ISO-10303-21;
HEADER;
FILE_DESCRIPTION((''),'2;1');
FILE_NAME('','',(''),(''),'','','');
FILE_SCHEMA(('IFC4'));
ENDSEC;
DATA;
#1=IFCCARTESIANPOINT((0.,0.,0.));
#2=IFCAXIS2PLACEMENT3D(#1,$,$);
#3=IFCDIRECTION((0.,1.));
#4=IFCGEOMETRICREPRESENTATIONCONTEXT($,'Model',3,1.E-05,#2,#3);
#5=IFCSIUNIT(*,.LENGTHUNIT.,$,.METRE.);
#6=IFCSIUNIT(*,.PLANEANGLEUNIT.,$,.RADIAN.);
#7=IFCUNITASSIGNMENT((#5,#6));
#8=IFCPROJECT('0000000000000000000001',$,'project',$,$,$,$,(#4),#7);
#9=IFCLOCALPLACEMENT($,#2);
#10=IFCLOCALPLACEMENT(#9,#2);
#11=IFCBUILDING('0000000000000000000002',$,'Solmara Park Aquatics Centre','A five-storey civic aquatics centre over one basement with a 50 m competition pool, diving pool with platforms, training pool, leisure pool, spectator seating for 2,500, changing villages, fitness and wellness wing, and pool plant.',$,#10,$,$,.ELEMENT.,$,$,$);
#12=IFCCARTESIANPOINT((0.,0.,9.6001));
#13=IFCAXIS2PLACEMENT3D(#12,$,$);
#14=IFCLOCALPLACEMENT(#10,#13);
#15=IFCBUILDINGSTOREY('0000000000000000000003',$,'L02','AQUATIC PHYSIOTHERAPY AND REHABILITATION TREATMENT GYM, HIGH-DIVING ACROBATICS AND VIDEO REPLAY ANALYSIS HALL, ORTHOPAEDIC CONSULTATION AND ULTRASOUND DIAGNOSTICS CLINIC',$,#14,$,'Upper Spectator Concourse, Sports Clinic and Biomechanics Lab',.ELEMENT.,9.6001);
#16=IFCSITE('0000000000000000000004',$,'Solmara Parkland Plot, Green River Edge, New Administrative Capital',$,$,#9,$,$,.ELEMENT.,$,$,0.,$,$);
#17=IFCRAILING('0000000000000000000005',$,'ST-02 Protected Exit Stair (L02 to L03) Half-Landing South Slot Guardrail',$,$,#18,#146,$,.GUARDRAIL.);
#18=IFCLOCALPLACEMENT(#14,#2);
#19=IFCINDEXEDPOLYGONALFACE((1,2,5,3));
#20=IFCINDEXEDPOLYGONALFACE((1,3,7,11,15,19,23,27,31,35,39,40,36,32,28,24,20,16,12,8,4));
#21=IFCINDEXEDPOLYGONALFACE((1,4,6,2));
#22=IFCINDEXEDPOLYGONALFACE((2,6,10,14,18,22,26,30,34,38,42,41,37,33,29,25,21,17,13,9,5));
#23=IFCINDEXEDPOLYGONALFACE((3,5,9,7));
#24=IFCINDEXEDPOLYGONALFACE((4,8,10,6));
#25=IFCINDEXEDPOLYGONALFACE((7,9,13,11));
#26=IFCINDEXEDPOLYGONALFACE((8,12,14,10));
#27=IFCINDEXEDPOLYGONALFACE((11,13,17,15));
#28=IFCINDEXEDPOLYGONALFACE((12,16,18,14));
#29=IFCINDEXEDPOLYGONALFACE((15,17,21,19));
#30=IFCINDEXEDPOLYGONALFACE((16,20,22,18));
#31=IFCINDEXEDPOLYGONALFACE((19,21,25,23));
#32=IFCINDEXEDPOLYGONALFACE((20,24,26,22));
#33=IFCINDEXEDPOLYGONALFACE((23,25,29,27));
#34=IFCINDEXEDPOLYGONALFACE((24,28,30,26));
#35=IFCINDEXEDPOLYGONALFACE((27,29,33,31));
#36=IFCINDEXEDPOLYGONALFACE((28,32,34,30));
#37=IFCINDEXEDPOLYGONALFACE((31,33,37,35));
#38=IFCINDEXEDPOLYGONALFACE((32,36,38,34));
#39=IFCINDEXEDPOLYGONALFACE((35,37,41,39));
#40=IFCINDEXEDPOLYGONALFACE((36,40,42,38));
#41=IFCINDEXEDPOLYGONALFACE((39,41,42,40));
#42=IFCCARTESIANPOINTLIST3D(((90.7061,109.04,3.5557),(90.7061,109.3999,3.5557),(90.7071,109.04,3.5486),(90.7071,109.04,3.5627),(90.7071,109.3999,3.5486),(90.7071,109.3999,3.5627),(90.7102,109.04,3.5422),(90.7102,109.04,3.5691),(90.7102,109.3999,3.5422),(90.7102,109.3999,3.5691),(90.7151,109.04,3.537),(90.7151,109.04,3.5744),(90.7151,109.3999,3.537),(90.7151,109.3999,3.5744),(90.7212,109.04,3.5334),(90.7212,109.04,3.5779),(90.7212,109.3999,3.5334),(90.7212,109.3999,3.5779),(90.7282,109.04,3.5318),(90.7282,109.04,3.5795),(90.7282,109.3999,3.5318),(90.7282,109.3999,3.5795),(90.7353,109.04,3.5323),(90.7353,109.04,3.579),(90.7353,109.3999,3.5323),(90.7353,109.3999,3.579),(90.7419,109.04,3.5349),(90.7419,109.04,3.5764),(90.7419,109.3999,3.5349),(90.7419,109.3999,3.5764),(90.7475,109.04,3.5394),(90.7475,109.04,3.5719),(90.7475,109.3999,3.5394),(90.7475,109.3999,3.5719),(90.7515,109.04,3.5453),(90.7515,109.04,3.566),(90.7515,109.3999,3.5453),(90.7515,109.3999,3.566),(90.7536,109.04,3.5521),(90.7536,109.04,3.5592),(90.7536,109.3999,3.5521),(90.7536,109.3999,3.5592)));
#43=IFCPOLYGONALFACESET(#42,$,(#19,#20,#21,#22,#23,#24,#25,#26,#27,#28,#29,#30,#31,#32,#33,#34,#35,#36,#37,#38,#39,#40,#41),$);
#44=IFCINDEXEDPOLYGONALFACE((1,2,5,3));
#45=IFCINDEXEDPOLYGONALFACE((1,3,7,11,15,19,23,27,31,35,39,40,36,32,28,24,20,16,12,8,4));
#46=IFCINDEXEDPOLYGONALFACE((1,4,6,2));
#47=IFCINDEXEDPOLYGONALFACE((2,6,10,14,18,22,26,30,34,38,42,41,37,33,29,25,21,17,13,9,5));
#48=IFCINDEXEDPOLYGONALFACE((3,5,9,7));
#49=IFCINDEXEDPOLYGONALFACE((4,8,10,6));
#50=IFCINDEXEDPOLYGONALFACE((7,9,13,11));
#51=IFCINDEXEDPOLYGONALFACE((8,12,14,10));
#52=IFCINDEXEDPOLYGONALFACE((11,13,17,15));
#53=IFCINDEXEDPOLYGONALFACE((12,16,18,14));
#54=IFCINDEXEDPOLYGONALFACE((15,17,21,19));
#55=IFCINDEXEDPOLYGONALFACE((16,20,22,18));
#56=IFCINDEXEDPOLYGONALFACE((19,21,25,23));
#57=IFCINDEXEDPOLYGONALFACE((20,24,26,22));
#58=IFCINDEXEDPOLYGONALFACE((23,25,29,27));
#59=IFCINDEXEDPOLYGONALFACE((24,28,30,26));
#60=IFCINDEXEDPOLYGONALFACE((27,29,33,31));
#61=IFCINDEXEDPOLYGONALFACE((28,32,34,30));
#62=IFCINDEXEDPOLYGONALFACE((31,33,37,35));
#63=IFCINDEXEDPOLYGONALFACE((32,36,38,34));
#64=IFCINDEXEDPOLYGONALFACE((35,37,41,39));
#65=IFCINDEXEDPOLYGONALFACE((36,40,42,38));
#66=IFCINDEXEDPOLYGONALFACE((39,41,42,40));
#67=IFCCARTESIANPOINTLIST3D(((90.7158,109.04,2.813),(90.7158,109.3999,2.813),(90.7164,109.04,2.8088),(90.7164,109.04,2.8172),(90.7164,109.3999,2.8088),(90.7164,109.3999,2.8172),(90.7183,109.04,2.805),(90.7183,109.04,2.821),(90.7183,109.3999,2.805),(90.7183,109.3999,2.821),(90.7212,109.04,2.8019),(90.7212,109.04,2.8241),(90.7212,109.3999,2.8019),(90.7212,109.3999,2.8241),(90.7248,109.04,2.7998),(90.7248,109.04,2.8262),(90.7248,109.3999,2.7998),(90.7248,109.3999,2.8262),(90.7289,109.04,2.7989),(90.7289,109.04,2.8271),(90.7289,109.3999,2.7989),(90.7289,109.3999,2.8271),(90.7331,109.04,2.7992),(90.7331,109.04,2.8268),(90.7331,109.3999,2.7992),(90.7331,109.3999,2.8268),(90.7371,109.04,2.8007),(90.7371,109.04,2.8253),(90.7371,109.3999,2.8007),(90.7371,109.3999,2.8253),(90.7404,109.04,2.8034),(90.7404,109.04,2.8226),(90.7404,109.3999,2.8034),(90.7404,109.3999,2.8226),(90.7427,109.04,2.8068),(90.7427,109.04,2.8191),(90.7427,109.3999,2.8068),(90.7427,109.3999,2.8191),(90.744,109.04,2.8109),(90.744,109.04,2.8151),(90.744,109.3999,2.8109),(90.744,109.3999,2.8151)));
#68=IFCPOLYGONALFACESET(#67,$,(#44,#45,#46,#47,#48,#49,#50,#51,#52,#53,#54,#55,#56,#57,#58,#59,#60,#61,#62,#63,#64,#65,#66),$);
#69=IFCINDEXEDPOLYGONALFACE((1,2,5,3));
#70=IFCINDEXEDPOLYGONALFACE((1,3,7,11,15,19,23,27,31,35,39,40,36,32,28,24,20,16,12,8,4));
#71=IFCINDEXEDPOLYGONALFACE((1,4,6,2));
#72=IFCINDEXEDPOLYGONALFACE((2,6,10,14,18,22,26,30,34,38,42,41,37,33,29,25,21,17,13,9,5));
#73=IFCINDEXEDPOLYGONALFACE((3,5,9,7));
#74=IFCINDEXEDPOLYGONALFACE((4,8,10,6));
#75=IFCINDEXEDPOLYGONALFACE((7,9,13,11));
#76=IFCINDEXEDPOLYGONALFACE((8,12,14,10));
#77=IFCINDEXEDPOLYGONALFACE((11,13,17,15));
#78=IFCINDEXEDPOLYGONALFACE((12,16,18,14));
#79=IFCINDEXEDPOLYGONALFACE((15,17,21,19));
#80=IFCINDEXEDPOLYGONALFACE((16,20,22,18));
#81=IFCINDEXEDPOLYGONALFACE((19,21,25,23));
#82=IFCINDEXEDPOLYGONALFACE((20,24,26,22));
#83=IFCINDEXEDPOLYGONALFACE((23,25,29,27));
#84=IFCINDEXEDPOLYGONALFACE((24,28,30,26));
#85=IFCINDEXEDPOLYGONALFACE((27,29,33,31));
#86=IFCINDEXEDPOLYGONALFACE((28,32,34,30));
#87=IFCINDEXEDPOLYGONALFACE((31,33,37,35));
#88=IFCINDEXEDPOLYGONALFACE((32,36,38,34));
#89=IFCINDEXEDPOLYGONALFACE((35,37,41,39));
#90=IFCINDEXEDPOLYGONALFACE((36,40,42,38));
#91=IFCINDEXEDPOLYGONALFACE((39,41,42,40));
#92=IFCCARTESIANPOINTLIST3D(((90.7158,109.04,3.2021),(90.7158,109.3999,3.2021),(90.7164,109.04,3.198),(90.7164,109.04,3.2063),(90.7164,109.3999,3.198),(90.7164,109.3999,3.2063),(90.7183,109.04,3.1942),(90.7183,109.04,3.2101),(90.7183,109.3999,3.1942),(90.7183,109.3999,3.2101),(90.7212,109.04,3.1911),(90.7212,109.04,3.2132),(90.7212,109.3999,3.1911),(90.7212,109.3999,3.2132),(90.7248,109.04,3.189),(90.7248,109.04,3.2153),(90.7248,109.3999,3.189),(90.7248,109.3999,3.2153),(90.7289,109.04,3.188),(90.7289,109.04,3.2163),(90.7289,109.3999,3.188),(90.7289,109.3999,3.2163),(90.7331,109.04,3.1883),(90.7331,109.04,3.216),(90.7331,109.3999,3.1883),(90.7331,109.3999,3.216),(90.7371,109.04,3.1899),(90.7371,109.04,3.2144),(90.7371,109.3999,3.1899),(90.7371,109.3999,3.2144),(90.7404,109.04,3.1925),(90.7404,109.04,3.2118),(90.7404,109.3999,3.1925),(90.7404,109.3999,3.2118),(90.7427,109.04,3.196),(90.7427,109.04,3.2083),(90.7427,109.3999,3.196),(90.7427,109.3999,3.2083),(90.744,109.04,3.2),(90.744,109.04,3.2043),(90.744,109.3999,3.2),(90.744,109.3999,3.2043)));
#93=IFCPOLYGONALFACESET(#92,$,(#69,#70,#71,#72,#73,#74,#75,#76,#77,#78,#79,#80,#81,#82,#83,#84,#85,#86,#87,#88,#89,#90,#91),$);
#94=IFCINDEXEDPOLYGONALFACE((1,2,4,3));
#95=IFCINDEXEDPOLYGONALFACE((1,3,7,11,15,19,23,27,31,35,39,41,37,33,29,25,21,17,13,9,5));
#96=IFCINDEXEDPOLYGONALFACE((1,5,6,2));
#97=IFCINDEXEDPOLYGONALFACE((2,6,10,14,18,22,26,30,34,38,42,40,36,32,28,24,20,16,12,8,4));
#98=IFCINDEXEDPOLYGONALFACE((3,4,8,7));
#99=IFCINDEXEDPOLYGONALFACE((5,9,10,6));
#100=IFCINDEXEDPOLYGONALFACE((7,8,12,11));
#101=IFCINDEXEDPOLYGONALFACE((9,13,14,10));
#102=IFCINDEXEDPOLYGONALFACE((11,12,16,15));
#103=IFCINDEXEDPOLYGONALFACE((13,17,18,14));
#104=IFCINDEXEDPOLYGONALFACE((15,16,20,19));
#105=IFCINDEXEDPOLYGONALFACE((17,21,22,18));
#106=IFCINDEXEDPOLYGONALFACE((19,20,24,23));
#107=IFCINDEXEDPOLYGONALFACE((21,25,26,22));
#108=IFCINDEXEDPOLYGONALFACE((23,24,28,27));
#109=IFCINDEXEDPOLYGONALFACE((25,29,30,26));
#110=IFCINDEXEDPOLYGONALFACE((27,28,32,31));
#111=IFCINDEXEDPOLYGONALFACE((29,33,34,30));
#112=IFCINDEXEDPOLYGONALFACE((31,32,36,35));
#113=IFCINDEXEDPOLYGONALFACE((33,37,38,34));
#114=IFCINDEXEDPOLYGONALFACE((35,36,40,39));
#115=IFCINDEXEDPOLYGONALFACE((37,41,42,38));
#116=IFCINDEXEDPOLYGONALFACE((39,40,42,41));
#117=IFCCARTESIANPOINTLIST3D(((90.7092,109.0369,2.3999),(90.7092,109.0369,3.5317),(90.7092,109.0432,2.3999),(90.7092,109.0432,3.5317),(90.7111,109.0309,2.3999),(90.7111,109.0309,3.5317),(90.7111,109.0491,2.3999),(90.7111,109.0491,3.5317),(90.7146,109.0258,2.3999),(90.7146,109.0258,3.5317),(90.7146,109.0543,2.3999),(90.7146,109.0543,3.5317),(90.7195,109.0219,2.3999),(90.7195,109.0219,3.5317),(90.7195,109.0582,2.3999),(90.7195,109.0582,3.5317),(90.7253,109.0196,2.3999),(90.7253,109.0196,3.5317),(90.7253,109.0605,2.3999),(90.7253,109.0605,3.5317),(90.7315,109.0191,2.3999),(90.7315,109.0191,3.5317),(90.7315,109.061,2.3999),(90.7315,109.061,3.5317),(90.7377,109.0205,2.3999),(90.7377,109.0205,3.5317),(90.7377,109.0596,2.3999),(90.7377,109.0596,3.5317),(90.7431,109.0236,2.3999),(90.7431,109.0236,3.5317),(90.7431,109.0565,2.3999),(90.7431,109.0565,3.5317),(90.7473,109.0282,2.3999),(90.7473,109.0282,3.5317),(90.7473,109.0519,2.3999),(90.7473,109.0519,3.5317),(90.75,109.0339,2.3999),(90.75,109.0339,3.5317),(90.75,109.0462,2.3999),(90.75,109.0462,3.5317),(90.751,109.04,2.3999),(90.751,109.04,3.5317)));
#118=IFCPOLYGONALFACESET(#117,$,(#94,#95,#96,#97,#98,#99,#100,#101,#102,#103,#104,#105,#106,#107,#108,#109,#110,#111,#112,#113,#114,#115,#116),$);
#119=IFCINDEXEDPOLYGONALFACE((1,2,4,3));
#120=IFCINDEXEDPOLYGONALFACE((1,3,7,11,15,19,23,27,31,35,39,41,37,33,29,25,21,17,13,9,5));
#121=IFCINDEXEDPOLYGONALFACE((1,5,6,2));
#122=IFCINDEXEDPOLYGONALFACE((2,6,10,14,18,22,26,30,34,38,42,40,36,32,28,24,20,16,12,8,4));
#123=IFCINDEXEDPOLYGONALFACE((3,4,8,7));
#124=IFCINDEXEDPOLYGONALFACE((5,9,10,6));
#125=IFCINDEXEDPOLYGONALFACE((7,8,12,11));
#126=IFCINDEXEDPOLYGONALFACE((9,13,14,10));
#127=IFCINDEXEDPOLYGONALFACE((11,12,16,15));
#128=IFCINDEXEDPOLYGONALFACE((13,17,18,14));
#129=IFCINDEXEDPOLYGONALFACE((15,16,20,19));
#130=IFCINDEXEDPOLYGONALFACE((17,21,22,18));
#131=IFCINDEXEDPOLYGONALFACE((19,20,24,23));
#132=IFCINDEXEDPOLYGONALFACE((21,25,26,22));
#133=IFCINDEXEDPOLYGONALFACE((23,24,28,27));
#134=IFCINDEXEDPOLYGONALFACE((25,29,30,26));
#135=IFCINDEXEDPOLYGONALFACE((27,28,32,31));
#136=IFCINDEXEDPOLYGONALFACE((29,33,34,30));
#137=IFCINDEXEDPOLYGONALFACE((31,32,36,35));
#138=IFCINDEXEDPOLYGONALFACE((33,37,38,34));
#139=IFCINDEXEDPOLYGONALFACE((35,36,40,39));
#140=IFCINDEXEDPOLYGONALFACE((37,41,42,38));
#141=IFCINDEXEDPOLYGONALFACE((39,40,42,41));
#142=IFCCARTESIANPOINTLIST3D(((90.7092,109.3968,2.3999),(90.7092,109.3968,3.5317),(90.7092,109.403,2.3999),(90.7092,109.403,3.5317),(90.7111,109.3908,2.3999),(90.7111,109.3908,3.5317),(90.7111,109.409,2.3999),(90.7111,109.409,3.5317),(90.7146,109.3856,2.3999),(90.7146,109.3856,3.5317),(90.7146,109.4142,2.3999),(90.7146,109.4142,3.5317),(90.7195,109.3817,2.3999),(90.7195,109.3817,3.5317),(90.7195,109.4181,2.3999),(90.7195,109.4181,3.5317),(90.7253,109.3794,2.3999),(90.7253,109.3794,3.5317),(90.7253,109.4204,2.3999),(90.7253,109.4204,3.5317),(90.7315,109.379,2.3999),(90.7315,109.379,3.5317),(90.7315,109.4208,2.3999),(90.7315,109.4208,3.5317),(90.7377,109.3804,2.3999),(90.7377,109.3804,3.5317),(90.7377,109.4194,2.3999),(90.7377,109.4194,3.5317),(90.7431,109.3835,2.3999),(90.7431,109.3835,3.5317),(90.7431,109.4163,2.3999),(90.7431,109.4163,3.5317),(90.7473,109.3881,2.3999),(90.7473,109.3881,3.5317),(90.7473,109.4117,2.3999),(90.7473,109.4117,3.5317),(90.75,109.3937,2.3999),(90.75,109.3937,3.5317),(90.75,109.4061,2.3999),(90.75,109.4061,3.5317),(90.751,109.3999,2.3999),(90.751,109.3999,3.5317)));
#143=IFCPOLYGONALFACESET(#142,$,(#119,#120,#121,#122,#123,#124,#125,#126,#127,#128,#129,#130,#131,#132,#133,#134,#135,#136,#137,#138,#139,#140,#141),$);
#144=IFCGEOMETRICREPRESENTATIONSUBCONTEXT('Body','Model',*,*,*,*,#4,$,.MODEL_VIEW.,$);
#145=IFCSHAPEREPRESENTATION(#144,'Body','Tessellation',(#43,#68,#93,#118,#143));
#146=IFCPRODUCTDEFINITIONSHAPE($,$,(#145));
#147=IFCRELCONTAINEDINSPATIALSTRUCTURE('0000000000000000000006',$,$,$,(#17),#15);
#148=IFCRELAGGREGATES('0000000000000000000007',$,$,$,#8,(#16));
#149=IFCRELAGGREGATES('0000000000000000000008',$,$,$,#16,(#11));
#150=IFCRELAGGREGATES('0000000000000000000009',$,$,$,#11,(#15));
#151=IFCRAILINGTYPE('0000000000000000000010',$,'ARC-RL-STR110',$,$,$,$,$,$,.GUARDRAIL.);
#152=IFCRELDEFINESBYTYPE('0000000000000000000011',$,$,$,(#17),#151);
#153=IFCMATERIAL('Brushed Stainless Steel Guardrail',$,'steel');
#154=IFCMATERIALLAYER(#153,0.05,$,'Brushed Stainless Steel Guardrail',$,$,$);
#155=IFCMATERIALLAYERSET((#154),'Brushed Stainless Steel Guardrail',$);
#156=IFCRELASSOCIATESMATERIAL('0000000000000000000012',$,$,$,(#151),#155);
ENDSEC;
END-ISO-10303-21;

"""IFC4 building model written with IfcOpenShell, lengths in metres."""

from ifc_helpers import new_model, si_unit, direction, frame, origin, origin_2d, place, context, subcontext, project, spatial, circle, extrude, material, layer, layer_set, type_object, element, save


model = new_model("IFC4")

# Units and contexts
model_context = context("Model", 3, precision=1e-05, world=origin(), true_north=direction((0.0, 1.0)))
body_context = subcontext(model_context, "Body", "Model", "MODEL_VIEW")
ifc_project = project(units=[si_unit("LENGTHUNIT", "METRE"), si_unit("PLANEANGLEUNIT", "RADIAN")], contexts=[model_context])

# Site, building, storey
site_placement = place(None, origin())
site = spatial("IfcSite", under=ifc_project, at=site_placement, Name="Solmara Parkland Plot, Green River Edge, New Administrative Capital", CompositionType="ELEMENT", RefElevation=0.0)
building_placement = place(site_placement, origin())
building = spatial("IfcBuilding", under=site, at=building_placement, Name="Solmara Park Aquatics Centre", Description="A five-storey civic aquatics centre over one basement with a 50 m competition pool, diving pool with platforms, training pool, leisure pool, spectator seating for 2,500, changing villages, fitness and wellness wing, and pool plant.", CompositionType="ELEMENT")
storey_placement = place(building_placement, frame((0.0, 0.0, 9.6001)))
storey = spatial("IfcBuildingStorey", under=building, at=storey_placement, Name="L02", Description="AQUATIC PHYSIOTHERAPY AND REHABILITATION TREATMENT GYM, HIGH-DIVING ACROBATICS AND VIDEO REPLAY ANALYSIS HALL, ORTHOPAEDIC CONSULTATION AND ULTRASOUND DIAGNOSTICS CLINIC", LongName="Upper Spectator Concourse, Sports Clinic and Biomechanics Lab", CompositionType="ELEMENT", Elevation=9.6001)

# Railing
ifc_material_1 = material(Name="Brushed Stainless Steel Guardrail", Category="steel")
ifc_layer_1 = layer(ifc_material_1, 0.05, Name="Brushed Stainless Steel Guardrail")
ifc_layer_set_1 = layer_set([ifc_layer_1], Name="Brushed Stainless Steel Guardrail")
railing_type_1 = type_object("IfcRailingType", Name="ARC-RL-STR110", PredefinedType="GUARDRAIL", material=ifc_layer_set_1)
railing_1_placement = place(storey_placement, frame((90.73, 109.04, 2.3999)))
element("IfcRailing", 1, at=railing_1_placement, inside=storey, type_object=railing_type_1, Name="ST-02 Protected Exit Stair (L02 to L03) Half-Landing South Slot Guardrail", PredefinedType="GUARDRAIL", context=body_context, shape_type="SweptSolid", body=[
    extrude(circle(Radius=0.0239, at=origin_2d()), frame((0.0, 0.0, 1.1558), z_axis=(0.0, 1.0, 0.0), x_axis=(-1.0, 0.0, 0.0)), (0.0, 0.0, 1.0), 0.3599),
    extrude(circle(Radius=0.0142, at=origin_2d()), frame((0.0, 0.0, 0.4131), z_axis=(0.0, 1.0, 0.0), x_axis=(-1.0, 0.0, 0.0)), (0.0, 0.0, 1.0), 0.3599),
    extrude(circle(Radius=0.0142, at=origin_2d()), frame((0.0, 0.0, 0.8022), z_axis=(0.0, 1.0, 0.0), x_axis=(-1.0, 0.0, 0.0)), (0.0, 0.0, 1.0), 0.3599),
    extrude(circle(Radius=0.021, at=origin_2d()), origin(), (0.0, 0.0, 1.0), 1.1318),
    extrude(circle(Radius=0.021, at=origin_2d()), frame((0.0, 0.3599, 0.0)), (0.0, 0.0, 1.0), 1.1318),
])

save(model, "model.ifc")
